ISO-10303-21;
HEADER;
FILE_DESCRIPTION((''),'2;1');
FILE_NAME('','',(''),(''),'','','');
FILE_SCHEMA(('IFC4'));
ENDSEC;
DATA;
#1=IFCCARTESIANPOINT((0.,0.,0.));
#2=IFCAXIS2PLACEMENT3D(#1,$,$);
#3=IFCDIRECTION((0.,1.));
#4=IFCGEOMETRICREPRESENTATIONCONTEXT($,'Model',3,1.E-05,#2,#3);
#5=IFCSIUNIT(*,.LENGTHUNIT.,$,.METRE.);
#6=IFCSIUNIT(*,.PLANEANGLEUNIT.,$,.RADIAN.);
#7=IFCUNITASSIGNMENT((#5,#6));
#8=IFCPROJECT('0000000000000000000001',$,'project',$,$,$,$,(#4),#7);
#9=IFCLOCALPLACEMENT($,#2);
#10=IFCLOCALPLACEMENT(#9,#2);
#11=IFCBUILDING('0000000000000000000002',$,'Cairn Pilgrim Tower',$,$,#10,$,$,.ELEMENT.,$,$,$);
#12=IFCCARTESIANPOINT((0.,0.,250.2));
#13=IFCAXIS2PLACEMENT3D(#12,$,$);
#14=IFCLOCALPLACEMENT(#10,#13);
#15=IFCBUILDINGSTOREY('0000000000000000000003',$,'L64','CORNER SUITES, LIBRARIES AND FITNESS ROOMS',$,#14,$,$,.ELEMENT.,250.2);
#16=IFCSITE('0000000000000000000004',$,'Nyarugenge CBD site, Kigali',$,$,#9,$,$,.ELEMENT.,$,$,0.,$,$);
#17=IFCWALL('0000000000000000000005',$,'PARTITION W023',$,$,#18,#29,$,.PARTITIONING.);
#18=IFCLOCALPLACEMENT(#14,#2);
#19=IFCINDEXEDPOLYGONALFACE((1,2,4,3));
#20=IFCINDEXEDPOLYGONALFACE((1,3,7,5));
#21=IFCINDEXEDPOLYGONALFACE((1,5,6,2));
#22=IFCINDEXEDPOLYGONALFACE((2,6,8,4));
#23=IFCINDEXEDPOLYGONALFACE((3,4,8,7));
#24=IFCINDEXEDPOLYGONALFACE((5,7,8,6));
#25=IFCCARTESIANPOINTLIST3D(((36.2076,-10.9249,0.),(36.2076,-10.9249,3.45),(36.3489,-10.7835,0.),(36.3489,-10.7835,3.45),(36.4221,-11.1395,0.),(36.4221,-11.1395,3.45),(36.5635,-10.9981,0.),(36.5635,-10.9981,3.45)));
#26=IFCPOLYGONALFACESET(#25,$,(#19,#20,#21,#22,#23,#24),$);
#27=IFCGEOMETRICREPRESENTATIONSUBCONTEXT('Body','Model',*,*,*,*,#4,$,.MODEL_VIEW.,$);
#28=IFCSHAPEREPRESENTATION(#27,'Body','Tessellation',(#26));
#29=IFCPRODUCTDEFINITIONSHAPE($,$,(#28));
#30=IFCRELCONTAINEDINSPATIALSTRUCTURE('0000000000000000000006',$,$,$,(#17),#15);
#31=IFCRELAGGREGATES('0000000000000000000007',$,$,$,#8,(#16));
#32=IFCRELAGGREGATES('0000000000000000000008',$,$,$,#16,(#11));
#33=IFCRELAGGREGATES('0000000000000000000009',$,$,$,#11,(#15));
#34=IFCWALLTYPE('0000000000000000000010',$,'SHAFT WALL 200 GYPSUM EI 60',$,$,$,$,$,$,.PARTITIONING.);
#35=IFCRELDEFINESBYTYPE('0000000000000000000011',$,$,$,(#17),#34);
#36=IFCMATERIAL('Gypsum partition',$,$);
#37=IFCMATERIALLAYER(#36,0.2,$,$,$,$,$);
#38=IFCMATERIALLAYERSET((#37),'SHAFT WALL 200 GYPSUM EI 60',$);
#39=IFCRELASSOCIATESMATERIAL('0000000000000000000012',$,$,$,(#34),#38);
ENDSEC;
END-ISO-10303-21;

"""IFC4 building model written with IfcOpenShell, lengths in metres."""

from ifc_helpers import new_model, si_unit, direction, frame, frame_2d, origin, place, context, subcontext, project, spatial, rectangle, extrude, material, layer, layer_set, type_object, element, save


model = new_model("IFC4")

# Units and contexts
model_context = context("Model", 3, precision=1e-05, world=origin(), true_north=direction((0.0, 1.0)))
body_context = subcontext(model_context, "Body", "Model", "MODEL_VIEW")
ifc_project = project(units=[si_unit("LENGTHUNIT", "METRE"), si_unit("PLANEANGLEUNIT", "RADIAN")], contexts=[model_context])

# Site, building, storey
site_placement = place(None, origin())
site = spatial("IfcSite", under=ifc_project, at=site_placement, Name="Nyarugenge CBD site, Kigali", CompositionType="ELEMENT", RefElevation=0.0)
building_placement = place(site_placement, origin())
building = spatial("IfcBuilding", under=site, at=building_placement, Name="Cairn Pilgrim Tower", CompositionType="ELEMENT")
storey_placement = place(building_placement, frame((0.0, 0.0, 250.2)))
storey = spatial("IfcBuildingStorey", under=building, at=storey_placement, Name="L64", Description="CORNER SUITES, LIBRARIES AND FITNESS ROOMS", CompositionType="ELEMENT", Elevation=250.2)

# Wall
ifc_material_1 = material(Name="Gypsum partition")
ifc_layer_1 = layer(ifc_material_1, 0.2)
ifc_layer_set_1 = layer_set([ifc_layer_1], Name="SHAFT WALL 200 GYPSUM EI 60")
wall_type_1 = type_object("IfcWallType", Name="SHAFT WALL 200 GYPSUM EI 60", PredefinedType="PARTITIONING", material=ifc_layer_set_1)
wall_1_placement = place(storey_placement, frame((36.4929, -11.0688, 0.0), z_axis=(0.0, 0.0, 1.0), x_axis=(-0.707107, 0.707107, 0.0)))
element("IfcWall", 1, at=wall_1_placement, inside=storey, type_object=wall_type_1, Name="PARTITION W023", PredefinedType="PARTITIONING", context=body_context, shape_type="SweptSolid", body=[
    extrude(rectangle(XDim=0.3035, YDim=0.2, at=frame_2d((0.1519, 0.0))), origin(), (0.0, 0.0, 1.0), 3.45),
])

save(model, "model.ifc")
